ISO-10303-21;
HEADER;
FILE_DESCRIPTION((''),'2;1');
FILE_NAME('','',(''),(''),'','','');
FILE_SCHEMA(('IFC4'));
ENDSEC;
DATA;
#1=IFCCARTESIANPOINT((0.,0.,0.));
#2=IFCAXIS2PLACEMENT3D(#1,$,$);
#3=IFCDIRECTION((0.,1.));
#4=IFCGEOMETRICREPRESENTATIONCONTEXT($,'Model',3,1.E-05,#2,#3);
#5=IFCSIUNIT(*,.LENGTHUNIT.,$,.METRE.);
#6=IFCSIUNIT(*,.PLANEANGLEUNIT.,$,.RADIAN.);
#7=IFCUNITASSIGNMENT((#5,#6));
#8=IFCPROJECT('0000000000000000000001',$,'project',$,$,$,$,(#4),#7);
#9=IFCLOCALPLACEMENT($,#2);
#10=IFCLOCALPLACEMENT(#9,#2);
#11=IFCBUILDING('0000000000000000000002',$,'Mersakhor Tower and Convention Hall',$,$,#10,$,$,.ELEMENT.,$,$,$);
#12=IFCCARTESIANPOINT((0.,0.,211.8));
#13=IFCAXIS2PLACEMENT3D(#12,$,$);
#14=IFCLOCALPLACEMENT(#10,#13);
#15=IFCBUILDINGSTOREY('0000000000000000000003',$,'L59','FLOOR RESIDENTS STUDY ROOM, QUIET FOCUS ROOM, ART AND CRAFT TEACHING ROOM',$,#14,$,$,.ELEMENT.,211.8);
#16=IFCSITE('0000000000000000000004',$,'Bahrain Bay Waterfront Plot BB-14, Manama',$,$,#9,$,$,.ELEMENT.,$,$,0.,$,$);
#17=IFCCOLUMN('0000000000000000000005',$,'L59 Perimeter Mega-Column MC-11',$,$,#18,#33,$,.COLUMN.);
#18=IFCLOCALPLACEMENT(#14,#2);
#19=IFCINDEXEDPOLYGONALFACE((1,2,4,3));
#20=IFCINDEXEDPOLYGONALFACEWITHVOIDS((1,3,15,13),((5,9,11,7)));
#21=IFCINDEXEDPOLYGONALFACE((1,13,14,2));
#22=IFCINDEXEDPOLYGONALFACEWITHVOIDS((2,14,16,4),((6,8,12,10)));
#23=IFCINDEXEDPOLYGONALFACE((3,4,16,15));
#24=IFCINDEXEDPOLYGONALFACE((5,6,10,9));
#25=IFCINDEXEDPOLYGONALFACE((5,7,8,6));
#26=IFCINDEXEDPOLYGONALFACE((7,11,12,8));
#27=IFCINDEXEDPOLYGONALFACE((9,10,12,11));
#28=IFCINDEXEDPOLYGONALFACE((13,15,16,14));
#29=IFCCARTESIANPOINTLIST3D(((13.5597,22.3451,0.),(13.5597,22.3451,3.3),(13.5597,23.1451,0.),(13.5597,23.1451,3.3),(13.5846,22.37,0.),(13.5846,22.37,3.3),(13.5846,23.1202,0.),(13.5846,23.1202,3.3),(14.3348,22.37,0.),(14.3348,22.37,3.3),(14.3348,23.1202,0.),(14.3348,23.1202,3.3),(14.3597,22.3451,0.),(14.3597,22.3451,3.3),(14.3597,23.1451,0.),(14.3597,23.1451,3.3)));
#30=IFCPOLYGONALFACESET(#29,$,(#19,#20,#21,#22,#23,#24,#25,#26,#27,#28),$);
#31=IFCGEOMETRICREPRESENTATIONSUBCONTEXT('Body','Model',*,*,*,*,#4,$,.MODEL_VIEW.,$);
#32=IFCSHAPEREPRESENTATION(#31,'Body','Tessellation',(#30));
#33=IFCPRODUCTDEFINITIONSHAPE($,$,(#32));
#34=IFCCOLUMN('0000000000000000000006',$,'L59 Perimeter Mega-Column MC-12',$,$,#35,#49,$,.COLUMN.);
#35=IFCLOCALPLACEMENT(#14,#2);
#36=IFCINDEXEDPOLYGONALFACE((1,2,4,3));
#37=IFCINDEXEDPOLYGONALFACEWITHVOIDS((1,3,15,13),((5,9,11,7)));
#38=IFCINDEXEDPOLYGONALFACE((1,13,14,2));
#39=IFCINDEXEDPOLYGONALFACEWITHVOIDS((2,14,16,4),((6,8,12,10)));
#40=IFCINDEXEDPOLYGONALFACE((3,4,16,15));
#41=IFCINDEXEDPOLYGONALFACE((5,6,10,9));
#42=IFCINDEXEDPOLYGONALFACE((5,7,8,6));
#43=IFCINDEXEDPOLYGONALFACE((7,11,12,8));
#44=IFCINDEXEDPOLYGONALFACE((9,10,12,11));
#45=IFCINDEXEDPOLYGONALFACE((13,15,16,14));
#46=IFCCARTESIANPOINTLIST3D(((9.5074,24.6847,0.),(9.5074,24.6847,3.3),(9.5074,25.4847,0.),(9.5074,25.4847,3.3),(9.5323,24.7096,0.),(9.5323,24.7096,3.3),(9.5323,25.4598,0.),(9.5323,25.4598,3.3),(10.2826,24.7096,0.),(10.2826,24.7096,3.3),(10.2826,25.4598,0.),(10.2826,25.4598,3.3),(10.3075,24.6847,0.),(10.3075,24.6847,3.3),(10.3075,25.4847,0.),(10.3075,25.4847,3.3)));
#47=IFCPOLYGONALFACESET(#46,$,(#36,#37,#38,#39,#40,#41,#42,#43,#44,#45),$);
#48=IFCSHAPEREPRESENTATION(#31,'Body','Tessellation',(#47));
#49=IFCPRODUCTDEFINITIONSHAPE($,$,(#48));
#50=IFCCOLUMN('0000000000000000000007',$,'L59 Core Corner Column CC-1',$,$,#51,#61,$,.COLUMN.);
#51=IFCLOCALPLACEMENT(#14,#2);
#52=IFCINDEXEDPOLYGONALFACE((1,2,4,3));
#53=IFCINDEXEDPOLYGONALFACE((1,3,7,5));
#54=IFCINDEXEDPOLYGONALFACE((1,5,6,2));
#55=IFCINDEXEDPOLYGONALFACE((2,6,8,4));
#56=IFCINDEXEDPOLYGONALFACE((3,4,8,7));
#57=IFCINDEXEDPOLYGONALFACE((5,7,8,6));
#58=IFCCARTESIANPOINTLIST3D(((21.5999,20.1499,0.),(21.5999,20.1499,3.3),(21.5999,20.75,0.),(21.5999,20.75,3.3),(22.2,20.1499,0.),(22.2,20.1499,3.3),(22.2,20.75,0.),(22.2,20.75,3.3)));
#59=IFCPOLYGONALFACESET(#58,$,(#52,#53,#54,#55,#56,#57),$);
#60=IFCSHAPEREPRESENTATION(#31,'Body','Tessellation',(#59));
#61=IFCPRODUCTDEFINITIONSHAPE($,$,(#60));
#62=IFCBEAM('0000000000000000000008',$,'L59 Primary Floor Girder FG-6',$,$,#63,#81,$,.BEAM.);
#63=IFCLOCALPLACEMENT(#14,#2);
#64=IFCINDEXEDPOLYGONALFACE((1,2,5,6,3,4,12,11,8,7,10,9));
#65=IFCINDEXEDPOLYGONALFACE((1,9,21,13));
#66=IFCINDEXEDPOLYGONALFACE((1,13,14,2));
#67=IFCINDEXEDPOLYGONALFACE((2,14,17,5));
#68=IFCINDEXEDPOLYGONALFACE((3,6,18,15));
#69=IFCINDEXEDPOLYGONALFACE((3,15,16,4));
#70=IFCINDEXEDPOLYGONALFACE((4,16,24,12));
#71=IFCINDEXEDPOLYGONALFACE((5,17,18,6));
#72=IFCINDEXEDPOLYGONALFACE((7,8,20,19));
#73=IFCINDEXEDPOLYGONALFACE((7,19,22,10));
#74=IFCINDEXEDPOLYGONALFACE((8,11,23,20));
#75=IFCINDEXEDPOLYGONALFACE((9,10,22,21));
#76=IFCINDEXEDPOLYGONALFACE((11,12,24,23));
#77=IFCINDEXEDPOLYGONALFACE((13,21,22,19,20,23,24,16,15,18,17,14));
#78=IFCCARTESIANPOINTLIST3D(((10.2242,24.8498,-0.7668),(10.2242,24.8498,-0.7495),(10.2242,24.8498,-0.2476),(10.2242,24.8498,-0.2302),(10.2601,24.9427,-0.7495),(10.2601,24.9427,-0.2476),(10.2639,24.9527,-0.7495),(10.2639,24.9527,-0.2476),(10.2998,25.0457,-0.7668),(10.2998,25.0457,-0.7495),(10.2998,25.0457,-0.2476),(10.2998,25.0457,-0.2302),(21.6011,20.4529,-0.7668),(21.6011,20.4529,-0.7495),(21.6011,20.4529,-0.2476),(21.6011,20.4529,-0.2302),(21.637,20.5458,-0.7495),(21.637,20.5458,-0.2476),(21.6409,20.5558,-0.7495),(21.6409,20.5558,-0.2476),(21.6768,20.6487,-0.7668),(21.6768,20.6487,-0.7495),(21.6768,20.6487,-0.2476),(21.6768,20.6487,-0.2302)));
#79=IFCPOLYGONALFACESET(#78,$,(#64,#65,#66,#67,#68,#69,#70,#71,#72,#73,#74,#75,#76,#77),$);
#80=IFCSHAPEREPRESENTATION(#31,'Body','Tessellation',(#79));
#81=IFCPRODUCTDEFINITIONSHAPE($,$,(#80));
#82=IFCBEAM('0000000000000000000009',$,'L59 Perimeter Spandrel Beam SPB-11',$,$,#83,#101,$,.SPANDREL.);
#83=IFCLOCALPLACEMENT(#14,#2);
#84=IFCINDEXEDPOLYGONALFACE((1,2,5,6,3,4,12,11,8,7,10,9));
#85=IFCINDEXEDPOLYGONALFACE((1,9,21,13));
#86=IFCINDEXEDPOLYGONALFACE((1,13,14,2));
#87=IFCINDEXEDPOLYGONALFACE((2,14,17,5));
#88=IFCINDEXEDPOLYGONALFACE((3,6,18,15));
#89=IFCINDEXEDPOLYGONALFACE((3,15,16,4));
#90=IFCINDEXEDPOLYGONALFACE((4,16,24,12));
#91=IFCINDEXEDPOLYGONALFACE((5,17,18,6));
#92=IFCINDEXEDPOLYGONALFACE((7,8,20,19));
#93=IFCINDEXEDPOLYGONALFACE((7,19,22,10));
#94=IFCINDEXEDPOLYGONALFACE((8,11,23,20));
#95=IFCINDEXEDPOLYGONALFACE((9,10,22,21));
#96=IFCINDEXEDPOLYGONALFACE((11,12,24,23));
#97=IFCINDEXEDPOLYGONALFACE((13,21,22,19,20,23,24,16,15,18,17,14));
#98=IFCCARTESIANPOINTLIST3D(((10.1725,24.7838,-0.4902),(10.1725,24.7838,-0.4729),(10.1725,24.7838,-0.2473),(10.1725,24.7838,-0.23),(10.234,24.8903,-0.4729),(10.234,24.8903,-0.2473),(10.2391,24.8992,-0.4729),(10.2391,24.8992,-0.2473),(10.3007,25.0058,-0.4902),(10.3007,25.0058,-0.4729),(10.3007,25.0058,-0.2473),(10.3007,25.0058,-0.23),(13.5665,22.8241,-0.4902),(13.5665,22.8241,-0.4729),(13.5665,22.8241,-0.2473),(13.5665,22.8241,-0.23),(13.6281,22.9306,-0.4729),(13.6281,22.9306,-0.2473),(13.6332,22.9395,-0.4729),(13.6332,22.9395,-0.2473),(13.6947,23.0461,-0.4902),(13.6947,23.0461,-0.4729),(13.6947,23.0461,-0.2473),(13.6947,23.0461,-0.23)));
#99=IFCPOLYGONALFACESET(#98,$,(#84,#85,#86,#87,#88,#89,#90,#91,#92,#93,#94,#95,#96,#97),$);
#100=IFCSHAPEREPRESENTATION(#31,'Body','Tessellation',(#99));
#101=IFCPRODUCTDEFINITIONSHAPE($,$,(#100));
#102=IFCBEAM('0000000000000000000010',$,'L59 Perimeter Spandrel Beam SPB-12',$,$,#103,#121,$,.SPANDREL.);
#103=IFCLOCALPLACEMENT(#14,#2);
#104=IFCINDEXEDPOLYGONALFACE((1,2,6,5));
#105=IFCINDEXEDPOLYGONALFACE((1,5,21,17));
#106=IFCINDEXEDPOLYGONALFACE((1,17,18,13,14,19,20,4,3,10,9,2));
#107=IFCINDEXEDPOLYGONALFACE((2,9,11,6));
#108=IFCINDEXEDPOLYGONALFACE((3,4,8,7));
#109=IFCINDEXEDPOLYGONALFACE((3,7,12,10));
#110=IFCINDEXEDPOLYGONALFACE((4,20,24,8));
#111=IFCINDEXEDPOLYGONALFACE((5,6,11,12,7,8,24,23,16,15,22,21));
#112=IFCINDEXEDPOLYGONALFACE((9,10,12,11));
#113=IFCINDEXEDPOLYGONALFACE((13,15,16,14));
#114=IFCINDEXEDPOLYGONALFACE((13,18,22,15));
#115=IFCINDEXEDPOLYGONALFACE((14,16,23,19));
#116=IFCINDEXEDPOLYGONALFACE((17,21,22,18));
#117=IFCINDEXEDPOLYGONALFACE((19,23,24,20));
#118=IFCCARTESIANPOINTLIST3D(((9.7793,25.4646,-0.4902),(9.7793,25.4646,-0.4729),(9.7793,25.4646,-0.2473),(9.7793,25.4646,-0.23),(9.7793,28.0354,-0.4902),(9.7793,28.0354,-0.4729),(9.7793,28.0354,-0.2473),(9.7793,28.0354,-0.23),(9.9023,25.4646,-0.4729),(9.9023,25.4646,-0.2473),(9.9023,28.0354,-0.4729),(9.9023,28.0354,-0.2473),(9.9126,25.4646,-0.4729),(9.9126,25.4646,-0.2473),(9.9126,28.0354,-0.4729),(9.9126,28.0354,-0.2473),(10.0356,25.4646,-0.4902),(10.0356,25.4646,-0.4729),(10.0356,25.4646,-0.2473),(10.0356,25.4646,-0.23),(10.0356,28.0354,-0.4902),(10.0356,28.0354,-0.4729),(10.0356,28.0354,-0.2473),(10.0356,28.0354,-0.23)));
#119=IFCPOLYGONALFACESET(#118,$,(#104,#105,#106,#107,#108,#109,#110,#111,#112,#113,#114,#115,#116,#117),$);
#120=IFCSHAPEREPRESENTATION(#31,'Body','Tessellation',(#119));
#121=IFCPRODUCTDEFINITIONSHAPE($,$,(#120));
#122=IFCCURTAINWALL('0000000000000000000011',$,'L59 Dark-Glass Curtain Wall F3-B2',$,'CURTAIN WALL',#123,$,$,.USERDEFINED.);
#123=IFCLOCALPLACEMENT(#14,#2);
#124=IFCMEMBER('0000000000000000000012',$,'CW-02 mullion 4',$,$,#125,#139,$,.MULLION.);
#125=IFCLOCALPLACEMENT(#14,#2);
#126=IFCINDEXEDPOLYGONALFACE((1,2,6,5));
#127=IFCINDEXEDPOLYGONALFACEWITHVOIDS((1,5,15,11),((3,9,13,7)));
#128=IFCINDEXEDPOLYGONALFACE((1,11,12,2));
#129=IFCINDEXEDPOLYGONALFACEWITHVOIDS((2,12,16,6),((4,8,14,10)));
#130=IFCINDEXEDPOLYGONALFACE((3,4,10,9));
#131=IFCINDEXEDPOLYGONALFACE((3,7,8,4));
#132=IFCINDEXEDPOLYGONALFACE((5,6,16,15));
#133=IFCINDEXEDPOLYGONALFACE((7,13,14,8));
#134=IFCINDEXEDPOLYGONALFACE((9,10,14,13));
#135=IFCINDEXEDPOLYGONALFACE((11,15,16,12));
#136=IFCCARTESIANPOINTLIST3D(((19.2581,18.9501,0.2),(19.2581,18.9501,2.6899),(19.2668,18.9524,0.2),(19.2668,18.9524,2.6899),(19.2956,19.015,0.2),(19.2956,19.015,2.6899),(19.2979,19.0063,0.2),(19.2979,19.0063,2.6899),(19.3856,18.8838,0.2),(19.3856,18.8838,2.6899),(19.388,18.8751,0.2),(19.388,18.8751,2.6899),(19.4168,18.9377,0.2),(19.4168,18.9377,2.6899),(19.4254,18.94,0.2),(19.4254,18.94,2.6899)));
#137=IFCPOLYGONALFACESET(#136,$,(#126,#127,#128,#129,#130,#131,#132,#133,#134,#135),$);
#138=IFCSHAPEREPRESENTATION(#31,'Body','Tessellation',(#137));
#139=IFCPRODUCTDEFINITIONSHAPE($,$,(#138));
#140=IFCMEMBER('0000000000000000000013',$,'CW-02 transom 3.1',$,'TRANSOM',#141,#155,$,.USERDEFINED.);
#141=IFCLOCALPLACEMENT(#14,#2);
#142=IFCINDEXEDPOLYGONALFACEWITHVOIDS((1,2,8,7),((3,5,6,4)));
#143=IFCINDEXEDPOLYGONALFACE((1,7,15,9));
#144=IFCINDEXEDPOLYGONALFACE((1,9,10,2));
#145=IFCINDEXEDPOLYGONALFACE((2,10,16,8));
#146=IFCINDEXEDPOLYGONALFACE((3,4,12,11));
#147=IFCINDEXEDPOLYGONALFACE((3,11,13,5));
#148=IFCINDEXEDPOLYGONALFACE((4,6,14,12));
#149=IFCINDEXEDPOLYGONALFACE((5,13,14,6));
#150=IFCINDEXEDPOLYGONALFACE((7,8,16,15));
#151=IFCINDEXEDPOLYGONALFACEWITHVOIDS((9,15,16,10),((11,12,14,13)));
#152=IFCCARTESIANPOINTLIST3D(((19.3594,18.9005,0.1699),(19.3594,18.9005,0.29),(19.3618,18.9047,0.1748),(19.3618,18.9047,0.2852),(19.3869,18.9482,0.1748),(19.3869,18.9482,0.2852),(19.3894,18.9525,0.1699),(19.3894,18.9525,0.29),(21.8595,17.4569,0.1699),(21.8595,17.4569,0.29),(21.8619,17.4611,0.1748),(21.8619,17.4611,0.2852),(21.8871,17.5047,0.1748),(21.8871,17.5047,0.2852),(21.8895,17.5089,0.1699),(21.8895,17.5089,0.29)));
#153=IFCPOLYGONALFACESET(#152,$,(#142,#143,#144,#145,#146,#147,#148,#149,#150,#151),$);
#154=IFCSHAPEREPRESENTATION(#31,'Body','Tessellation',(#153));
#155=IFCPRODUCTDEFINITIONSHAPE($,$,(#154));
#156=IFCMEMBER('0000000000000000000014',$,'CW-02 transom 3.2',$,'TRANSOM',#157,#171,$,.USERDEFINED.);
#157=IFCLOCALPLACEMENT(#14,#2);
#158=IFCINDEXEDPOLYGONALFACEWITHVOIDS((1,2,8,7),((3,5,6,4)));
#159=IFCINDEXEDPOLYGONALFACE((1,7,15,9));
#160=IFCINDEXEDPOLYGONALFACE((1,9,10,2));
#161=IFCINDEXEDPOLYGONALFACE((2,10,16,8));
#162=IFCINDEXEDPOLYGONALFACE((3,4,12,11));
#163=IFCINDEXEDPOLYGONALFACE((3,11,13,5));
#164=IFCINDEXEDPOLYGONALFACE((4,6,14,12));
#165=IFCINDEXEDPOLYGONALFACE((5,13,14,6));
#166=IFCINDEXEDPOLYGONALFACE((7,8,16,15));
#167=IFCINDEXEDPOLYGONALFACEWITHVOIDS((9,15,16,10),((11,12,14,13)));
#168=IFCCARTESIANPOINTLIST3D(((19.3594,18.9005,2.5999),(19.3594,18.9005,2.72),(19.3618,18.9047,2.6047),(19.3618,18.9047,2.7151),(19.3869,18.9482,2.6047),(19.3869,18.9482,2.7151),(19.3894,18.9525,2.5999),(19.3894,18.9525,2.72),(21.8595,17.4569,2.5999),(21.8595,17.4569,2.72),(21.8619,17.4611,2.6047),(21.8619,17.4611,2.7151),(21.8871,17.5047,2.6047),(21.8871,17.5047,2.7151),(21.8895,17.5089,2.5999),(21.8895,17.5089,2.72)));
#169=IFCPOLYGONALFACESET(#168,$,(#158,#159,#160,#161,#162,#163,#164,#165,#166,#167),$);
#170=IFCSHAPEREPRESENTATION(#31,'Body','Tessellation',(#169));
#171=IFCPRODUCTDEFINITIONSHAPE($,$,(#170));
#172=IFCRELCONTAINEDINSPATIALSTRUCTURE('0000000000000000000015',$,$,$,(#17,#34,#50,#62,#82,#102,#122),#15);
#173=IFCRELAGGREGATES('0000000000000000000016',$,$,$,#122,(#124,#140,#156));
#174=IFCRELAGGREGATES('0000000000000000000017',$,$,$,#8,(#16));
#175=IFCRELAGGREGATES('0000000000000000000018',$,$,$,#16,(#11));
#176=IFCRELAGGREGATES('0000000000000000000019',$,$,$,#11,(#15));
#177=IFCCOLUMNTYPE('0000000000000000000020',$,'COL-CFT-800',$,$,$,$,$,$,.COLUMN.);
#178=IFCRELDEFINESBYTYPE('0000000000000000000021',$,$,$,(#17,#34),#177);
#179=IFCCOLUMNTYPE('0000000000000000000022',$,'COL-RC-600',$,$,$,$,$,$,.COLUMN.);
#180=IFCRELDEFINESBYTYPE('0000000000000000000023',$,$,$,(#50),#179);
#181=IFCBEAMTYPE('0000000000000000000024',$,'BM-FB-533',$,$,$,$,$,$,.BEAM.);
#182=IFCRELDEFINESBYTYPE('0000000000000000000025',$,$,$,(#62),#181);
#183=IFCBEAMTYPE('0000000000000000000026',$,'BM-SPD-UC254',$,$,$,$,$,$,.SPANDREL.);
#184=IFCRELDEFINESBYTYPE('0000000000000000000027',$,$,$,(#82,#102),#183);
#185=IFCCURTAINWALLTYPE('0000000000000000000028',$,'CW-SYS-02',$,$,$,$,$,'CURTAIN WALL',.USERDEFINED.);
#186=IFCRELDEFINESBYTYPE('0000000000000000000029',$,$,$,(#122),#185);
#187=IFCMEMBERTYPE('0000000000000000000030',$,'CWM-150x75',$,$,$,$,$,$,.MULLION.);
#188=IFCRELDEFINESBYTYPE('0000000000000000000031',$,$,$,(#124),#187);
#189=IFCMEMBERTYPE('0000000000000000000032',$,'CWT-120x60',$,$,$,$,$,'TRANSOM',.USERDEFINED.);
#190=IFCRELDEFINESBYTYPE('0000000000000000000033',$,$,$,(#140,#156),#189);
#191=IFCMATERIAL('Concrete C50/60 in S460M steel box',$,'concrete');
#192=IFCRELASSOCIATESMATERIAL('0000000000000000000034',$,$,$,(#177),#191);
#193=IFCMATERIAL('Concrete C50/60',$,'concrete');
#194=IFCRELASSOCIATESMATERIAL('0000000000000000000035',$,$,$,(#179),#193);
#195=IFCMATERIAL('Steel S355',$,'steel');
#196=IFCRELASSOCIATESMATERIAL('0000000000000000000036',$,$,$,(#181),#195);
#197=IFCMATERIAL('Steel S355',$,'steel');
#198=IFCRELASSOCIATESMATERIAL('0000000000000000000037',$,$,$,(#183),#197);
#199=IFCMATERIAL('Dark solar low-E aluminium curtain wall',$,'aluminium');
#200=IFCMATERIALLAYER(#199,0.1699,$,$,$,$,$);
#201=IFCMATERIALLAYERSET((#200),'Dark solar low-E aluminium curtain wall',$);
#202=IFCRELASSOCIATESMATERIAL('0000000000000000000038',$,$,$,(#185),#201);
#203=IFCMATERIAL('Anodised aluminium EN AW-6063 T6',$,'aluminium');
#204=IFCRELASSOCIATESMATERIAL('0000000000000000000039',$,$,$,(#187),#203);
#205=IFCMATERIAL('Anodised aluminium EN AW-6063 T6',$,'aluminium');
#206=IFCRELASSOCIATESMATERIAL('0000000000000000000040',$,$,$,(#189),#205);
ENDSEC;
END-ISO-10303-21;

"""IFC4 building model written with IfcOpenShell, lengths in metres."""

from ifc_helpers import new_model, si_unit, direction, frame, origin, origin_2d, place, context, subcontext, project, spatial, rectangle, hollow_rectangle, i_section, extrude, material, layer, layer_set, material_profile, profile_set, type_object, element, aggregate, save


model = new_model("IFC4")

# Units and contexts
model_context = context("Model", 3, precision=1e-05, world=origin(), true_north=direction((0.0, 1.0)))
body_context = subcontext(model_context, "Body", "Model", "MODEL_VIEW")
ifc_project = project(units=[si_unit("LENGTHUNIT", "METRE"), si_unit("PLANEANGLEUNIT", "RADIAN")], contexts=[model_context])

# Site, building, storey
site_placement = place(None, origin())
site = spatial("IfcSite", under=ifc_project, at=site_placement, Name="Bahrain Bay Waterfront Plot BB-14, Manama", CompositionType="ELEMENT", RefElevation=0.0)
building_placement = place(site_placement, origin())
building = spatial("IfcBuilding", under=site, at=building_placement, Name="Mersakhor Tower and Convention Hall", CompositionType="ELEMENT")
storey_placement = place(building_placement, frame((0.0, 0.0, 211.8)))
storey = spatial("IfcBuildingStorey", under=building, at=storey_placement, Name="L59", Description="FLOOR RESIDENTS STUDY ROOM, QUIET FOCUS ROOM, ART AND CRAFT TEACHING ROOM", CompositionType="ELEMENT", Elevation=211.8)

# Columns
ifc_material_1 = material(Name="Concrete C50/60 in S460M steel box", Category="concrete")
ifc_material_profile_1 = material_profile(ifc_material_1, hollow_rectangle(XDim=0.8, YDim=0.8, WallThickness=0.0249, at=origin_2d()), Name="SHS 800x800x25")
ifc_profile_set_1 = profile_set([ifc_material_profile_1], Name="Concrete C50/60 in S460M steel box")
column_type_1 = type_object("IfcColumnType", Name="COL-CFT-800", PredefinedType="COLUMN", material=ifc_profile_set_1)
for number, where, z_axis, x_axis, name in (
    (1, (13.9597, 22.7451, 0.0), (0.0, 0.0, 1.0), (1.0, 0.0, 0.0), "L59 Perimeter Mega-Column MC-11"),
    (2, (9.9075, 25.0847, 0.0), (0.0, 0.0, 1.0), (1.0, 0.0, 0.0), "L59 Perimeter Mega-Column MC-12"),
):
    element("IfcColumn", number, at=place(storey_placement, frame(where, z_axis=z_axis, x_axis=x_axis)), inside=storey, type_object=column_type_1, Name=name, PredefinedType="COLUMN", context=body_context, shape_type="SweptSolid", body=[
        extrude(hollow_rectangle(XDim=0.8, YDim=0.8, WallThickness=0.0249, at=origin_2d()), origin(), (0.0, 0.0, 1.0), 3.3),
    ])
ifc_material_2 = material(Name="Concrete C50/60", Category="concrete")
ifc_material_profile_2 = material_profile(ifc_material_2, rectangle(XDim=0.6001, YDim=0.6001, at=origin_2d()), Name="RC 600x600")
ifc_profile_set_2 = profile_set([ifc_material_profile_2], Name="Concrete C50/60")
column_type_2 = type_object("IfcColumnType", Name="COL-RC-600", PredefinedType="COLUMN", material=ifc_profile_set_2)
column_placement = place(storey_placement, frame((21.8999, 20.45, 0.0), z_axis=(0.0, 0.0, 1.0), x_axis=(1.0, 0.0, 0.0)))
element("IfcColumn", 3, at=column_placement, inside=storey, type_object=column_type_2, Name="L59 Core Corner Column CC-1", PredefinedType="COLUMN", context=body_context, shape_type="SweptSolid", body=[
    extrude(rectangle(XDim=0.6001, YDim=0.6001, at=origin_2d()), origin(), (0.0, 0.0, 1.0), 3.3),
])

# Beams
ifc_material_3 = material(Name="Steel S355", Category="steel")
ifc_material_profile_3 = material_profile(ifc_material_3, i_section(OverallWidth=0.21, OverallDepth=0.5366, WebThickness=0.0107, FlangeThickness=0.0173, at=origin_2d()), Name="UB 533x210x101")
ifc_profile_set_3 = profile_set([ifc_material_profile_3], Name="Steel S355")
beam_type_1 = type_object("IfcBeamType", Name="BM-FB-533", PredefinedType="BEAM", material=ifc_profile_set_3)
beam_1_placement = place(storey_placement, frame((21.6389, 20.5508, -0.4985), z_axis=(-0.932761, 0.360494, 0.0), x_axis=(-0.360494, -0.932761, 0.0)))
element("IfcBeam", 4, at=beam_1_placement, inside=storey, type_object=beam_type_1, Name="L59 Primary Floor Girder FG-6", PredefinedType="BEAM", context=body_context, shape_type="SweptSolid", body=[
    extrude(i_section(OverallWidth=0.21, OverallDepth=0.5366, WebThickness=0.0107, FlangeThickness=0.0173, at=origin_2d()), origin(), (0.0, 0.0, 1.0), 12.197),
])
ifc_material_4 = material(Name="Steel S355", Category="steel")
ifc_material_profile_4 = material_profile(ifc_material_4, i_section(OverallWidth=0.2563, OverallDepth=0.2603, WebThickness=0.0103, FlangeThickness=0.0173, at=origin_2d()), Name="UC 254x254x89")
ifc_profile_set_4 = profile_set([ifc_material_profile_4], Name="Steel S355")
beam_type_2 = type_object("IfcBeamType", Name="BM-SPD-UC254", PredefinedType="SPANDREL", material=ifc_profile_set_4)
beam_2_placement = place(storey_placement, frame((13.6306, 22.9351, -0.3601), z_axis=(-0.866007, 0.500032, 0.0), x_axis=(-0.500032, -0.866007, 0.0)))
element("IfcBeam", 5, at=beam_2_placement, inside=storey, type_object=beam_type_2, Name="L59 Perimeter Spandrel Beam SPB-11", PredefinedType="SPANDREL", context=body_context, shape_type="SweptSolid", body=[
    extrude(i_section(OverallWidth=0.2563, OverallDepth=0.2603, WebThickness=0.0103, FlangeThickness=0.0173, at=origin_2d()), origin(), (0.0, 0.0, 1.0), 3.9192),
])
beam_3_placement = place(storey_placement, frame((9.9075, 25.4646, -0.3601), z_axis=(0.0, 1.0, 0.0), x_axis=(-1.0, 0.0, 0.0)))
element("IfcBeam", 6, at=beam_3_placement, inside=storey, type_object=beam_type_2, Name="L59 Perimeter Spandrel Beam SPB-12", PredefinedType="SPANDREL", context=body_context, shape_type="SweptSolid", body=[
    extrude(i_section(OverallWidth=0.2563, OverallDepth=0.2603, WebThickness=0.0103, FlangeThickness=0.0173, at=origin_2d()), origin(), (0.0, 0.0, 1.0), 2.5708),
])

# Curtain wall, members
ifc_material_5 = material(Name="Dark solar low-E aluminium curtain wall", Category="aluminium")
ifc_layer_1 = layer(ifc_material_5, 0.1699)
ifc_layer_set_1 = layer_set([ifc_layer_1], Name="Dark solar low-E aluminium curtain wall")
curtain_wall_type = type_object("IfcCurtainWallType", Name="CW-SYS-02", ElementType="CURTAIN WALL", PredefinedType="USERDEFINED", material=ifc_layer_set_1)
curtain_wall_placement = place(storey_placement, origin())
curtain_wall = element("IfcCurtainWall", 7, at=curtain_wall_placement, inside=storey, type_object=curtain_wall_type, Name="L59 Dark-Glass Curtain Wall F3-B2", ObjectType="CURTAIN WALL", PredefinedType="USERDEFINED")
ifc_material_6 = material(Name="Anodised aluminium EN AW-6063 T6", Category="aluminium")
ifc_material_profile_5 = material_profile(ifc_material_6, hollow_rectangle(XDim=0.075, YDim=0.1499, WallThickness=0.0063, at=origin_2d()), Name="RHS 150x75x6.3")
ifc_profile_set_5 = profile_set([ifc_material_profile_5], Name="Anodised aluminium EN AW-6063 T6")
member_type_1 = type_object("IfcMemberType", Name="CWM-150x75", PredefinedType="MULLION", material=ifc_profile_set_5)
member_1_placement = place(storey_placement, frame((19.3418, 18.9451, 0.2), z_axis=(0.0, 0.0, 1.0), x_axis=(-0.500008, -0.866021, 0.0)))
member_1 = element("IfcMember", 8, at=member_1_placement, type_object=member_type_1, Name="CW-02 mullion 4", PredefinedType="MULLION", context=body_context, shape_type="SweptSolid", body=[
    extrude(hollow_rectangle(XDim=0.075, YDim=0.1499, WallThickness=0.0063, at=origin_2d()), origin(), (0.0, 0.0, 1.0), 2.49),
])
ifc_material_7 = material(Name="Anodised aluminium EN AW-6063 T6", Category="aluminium")
ifc_material_profile_6 = material_profile(ifc_material_7, hollow_rectangle(XDim=0.0601, YDim=0.1201, WallThickness=0.0049, at=origin_2d()), Name="RHS 120x60x5")
ifc_profile_set_6 = profile_set([ifc_material_profile_6], Name="Anodised aluminium EN AW-6063 T6")
member_type_2 = type_object("IfcMemberType", Name="CWT-120x60", ElementType="TRANSOM", PredefinedType="USERDEFINED", material=ifc_profile_set_6)
member_2_placement = place(storey_placement, frame((21.8745, 17.4829, 0.23), z_axis=(-0.866012, 0.500023, 0.0), x_axis=(-0.500023, -0.866012, 0.0)))
member_2 = element("IfcMember", 9, at=member_2_placement, type_object=member_type_2, Name="CW-02 transom 3.1", ObjectType="TRANSOM", PredefinedType="USERDEFINED", context=body_context, shape_type="SweptSolid", body=[
    extrude(hollow_rectangle(XDim=0.0601, YDim=0.1201, WallThickness=0.0049, at=origin_2d()), origin(), (0.0, 0.0, 1.0), 2.887),
])
member_3_placement = place(storey_placement, frame((21.8745, 17.4829, 2.6599), z_axis=(-0.866012, 0.500023, 0.0), x_axis=(-0.500023, -0.866012, 0.0)))
member_3 = element("IfcMember", 10, at=member_3_placement, type_object=member_type_2, Name="CW-02 transom 3.2", ObjectType="TRANSOM", PredefinedType="USERDEFINED", context=body_context, shape_type="SweptSolid", body=[
    extrude(hollow_rectangle(XDim=0.0601, YDim=0.1201, WallThickness=0.0049, at=origin_2d()), origin(), (0.0, 0.0, 1.0), 2.887),
])

aggregate(curtain_wall, [member_1, member_2, member_3])

save(model, "model.ifc")
